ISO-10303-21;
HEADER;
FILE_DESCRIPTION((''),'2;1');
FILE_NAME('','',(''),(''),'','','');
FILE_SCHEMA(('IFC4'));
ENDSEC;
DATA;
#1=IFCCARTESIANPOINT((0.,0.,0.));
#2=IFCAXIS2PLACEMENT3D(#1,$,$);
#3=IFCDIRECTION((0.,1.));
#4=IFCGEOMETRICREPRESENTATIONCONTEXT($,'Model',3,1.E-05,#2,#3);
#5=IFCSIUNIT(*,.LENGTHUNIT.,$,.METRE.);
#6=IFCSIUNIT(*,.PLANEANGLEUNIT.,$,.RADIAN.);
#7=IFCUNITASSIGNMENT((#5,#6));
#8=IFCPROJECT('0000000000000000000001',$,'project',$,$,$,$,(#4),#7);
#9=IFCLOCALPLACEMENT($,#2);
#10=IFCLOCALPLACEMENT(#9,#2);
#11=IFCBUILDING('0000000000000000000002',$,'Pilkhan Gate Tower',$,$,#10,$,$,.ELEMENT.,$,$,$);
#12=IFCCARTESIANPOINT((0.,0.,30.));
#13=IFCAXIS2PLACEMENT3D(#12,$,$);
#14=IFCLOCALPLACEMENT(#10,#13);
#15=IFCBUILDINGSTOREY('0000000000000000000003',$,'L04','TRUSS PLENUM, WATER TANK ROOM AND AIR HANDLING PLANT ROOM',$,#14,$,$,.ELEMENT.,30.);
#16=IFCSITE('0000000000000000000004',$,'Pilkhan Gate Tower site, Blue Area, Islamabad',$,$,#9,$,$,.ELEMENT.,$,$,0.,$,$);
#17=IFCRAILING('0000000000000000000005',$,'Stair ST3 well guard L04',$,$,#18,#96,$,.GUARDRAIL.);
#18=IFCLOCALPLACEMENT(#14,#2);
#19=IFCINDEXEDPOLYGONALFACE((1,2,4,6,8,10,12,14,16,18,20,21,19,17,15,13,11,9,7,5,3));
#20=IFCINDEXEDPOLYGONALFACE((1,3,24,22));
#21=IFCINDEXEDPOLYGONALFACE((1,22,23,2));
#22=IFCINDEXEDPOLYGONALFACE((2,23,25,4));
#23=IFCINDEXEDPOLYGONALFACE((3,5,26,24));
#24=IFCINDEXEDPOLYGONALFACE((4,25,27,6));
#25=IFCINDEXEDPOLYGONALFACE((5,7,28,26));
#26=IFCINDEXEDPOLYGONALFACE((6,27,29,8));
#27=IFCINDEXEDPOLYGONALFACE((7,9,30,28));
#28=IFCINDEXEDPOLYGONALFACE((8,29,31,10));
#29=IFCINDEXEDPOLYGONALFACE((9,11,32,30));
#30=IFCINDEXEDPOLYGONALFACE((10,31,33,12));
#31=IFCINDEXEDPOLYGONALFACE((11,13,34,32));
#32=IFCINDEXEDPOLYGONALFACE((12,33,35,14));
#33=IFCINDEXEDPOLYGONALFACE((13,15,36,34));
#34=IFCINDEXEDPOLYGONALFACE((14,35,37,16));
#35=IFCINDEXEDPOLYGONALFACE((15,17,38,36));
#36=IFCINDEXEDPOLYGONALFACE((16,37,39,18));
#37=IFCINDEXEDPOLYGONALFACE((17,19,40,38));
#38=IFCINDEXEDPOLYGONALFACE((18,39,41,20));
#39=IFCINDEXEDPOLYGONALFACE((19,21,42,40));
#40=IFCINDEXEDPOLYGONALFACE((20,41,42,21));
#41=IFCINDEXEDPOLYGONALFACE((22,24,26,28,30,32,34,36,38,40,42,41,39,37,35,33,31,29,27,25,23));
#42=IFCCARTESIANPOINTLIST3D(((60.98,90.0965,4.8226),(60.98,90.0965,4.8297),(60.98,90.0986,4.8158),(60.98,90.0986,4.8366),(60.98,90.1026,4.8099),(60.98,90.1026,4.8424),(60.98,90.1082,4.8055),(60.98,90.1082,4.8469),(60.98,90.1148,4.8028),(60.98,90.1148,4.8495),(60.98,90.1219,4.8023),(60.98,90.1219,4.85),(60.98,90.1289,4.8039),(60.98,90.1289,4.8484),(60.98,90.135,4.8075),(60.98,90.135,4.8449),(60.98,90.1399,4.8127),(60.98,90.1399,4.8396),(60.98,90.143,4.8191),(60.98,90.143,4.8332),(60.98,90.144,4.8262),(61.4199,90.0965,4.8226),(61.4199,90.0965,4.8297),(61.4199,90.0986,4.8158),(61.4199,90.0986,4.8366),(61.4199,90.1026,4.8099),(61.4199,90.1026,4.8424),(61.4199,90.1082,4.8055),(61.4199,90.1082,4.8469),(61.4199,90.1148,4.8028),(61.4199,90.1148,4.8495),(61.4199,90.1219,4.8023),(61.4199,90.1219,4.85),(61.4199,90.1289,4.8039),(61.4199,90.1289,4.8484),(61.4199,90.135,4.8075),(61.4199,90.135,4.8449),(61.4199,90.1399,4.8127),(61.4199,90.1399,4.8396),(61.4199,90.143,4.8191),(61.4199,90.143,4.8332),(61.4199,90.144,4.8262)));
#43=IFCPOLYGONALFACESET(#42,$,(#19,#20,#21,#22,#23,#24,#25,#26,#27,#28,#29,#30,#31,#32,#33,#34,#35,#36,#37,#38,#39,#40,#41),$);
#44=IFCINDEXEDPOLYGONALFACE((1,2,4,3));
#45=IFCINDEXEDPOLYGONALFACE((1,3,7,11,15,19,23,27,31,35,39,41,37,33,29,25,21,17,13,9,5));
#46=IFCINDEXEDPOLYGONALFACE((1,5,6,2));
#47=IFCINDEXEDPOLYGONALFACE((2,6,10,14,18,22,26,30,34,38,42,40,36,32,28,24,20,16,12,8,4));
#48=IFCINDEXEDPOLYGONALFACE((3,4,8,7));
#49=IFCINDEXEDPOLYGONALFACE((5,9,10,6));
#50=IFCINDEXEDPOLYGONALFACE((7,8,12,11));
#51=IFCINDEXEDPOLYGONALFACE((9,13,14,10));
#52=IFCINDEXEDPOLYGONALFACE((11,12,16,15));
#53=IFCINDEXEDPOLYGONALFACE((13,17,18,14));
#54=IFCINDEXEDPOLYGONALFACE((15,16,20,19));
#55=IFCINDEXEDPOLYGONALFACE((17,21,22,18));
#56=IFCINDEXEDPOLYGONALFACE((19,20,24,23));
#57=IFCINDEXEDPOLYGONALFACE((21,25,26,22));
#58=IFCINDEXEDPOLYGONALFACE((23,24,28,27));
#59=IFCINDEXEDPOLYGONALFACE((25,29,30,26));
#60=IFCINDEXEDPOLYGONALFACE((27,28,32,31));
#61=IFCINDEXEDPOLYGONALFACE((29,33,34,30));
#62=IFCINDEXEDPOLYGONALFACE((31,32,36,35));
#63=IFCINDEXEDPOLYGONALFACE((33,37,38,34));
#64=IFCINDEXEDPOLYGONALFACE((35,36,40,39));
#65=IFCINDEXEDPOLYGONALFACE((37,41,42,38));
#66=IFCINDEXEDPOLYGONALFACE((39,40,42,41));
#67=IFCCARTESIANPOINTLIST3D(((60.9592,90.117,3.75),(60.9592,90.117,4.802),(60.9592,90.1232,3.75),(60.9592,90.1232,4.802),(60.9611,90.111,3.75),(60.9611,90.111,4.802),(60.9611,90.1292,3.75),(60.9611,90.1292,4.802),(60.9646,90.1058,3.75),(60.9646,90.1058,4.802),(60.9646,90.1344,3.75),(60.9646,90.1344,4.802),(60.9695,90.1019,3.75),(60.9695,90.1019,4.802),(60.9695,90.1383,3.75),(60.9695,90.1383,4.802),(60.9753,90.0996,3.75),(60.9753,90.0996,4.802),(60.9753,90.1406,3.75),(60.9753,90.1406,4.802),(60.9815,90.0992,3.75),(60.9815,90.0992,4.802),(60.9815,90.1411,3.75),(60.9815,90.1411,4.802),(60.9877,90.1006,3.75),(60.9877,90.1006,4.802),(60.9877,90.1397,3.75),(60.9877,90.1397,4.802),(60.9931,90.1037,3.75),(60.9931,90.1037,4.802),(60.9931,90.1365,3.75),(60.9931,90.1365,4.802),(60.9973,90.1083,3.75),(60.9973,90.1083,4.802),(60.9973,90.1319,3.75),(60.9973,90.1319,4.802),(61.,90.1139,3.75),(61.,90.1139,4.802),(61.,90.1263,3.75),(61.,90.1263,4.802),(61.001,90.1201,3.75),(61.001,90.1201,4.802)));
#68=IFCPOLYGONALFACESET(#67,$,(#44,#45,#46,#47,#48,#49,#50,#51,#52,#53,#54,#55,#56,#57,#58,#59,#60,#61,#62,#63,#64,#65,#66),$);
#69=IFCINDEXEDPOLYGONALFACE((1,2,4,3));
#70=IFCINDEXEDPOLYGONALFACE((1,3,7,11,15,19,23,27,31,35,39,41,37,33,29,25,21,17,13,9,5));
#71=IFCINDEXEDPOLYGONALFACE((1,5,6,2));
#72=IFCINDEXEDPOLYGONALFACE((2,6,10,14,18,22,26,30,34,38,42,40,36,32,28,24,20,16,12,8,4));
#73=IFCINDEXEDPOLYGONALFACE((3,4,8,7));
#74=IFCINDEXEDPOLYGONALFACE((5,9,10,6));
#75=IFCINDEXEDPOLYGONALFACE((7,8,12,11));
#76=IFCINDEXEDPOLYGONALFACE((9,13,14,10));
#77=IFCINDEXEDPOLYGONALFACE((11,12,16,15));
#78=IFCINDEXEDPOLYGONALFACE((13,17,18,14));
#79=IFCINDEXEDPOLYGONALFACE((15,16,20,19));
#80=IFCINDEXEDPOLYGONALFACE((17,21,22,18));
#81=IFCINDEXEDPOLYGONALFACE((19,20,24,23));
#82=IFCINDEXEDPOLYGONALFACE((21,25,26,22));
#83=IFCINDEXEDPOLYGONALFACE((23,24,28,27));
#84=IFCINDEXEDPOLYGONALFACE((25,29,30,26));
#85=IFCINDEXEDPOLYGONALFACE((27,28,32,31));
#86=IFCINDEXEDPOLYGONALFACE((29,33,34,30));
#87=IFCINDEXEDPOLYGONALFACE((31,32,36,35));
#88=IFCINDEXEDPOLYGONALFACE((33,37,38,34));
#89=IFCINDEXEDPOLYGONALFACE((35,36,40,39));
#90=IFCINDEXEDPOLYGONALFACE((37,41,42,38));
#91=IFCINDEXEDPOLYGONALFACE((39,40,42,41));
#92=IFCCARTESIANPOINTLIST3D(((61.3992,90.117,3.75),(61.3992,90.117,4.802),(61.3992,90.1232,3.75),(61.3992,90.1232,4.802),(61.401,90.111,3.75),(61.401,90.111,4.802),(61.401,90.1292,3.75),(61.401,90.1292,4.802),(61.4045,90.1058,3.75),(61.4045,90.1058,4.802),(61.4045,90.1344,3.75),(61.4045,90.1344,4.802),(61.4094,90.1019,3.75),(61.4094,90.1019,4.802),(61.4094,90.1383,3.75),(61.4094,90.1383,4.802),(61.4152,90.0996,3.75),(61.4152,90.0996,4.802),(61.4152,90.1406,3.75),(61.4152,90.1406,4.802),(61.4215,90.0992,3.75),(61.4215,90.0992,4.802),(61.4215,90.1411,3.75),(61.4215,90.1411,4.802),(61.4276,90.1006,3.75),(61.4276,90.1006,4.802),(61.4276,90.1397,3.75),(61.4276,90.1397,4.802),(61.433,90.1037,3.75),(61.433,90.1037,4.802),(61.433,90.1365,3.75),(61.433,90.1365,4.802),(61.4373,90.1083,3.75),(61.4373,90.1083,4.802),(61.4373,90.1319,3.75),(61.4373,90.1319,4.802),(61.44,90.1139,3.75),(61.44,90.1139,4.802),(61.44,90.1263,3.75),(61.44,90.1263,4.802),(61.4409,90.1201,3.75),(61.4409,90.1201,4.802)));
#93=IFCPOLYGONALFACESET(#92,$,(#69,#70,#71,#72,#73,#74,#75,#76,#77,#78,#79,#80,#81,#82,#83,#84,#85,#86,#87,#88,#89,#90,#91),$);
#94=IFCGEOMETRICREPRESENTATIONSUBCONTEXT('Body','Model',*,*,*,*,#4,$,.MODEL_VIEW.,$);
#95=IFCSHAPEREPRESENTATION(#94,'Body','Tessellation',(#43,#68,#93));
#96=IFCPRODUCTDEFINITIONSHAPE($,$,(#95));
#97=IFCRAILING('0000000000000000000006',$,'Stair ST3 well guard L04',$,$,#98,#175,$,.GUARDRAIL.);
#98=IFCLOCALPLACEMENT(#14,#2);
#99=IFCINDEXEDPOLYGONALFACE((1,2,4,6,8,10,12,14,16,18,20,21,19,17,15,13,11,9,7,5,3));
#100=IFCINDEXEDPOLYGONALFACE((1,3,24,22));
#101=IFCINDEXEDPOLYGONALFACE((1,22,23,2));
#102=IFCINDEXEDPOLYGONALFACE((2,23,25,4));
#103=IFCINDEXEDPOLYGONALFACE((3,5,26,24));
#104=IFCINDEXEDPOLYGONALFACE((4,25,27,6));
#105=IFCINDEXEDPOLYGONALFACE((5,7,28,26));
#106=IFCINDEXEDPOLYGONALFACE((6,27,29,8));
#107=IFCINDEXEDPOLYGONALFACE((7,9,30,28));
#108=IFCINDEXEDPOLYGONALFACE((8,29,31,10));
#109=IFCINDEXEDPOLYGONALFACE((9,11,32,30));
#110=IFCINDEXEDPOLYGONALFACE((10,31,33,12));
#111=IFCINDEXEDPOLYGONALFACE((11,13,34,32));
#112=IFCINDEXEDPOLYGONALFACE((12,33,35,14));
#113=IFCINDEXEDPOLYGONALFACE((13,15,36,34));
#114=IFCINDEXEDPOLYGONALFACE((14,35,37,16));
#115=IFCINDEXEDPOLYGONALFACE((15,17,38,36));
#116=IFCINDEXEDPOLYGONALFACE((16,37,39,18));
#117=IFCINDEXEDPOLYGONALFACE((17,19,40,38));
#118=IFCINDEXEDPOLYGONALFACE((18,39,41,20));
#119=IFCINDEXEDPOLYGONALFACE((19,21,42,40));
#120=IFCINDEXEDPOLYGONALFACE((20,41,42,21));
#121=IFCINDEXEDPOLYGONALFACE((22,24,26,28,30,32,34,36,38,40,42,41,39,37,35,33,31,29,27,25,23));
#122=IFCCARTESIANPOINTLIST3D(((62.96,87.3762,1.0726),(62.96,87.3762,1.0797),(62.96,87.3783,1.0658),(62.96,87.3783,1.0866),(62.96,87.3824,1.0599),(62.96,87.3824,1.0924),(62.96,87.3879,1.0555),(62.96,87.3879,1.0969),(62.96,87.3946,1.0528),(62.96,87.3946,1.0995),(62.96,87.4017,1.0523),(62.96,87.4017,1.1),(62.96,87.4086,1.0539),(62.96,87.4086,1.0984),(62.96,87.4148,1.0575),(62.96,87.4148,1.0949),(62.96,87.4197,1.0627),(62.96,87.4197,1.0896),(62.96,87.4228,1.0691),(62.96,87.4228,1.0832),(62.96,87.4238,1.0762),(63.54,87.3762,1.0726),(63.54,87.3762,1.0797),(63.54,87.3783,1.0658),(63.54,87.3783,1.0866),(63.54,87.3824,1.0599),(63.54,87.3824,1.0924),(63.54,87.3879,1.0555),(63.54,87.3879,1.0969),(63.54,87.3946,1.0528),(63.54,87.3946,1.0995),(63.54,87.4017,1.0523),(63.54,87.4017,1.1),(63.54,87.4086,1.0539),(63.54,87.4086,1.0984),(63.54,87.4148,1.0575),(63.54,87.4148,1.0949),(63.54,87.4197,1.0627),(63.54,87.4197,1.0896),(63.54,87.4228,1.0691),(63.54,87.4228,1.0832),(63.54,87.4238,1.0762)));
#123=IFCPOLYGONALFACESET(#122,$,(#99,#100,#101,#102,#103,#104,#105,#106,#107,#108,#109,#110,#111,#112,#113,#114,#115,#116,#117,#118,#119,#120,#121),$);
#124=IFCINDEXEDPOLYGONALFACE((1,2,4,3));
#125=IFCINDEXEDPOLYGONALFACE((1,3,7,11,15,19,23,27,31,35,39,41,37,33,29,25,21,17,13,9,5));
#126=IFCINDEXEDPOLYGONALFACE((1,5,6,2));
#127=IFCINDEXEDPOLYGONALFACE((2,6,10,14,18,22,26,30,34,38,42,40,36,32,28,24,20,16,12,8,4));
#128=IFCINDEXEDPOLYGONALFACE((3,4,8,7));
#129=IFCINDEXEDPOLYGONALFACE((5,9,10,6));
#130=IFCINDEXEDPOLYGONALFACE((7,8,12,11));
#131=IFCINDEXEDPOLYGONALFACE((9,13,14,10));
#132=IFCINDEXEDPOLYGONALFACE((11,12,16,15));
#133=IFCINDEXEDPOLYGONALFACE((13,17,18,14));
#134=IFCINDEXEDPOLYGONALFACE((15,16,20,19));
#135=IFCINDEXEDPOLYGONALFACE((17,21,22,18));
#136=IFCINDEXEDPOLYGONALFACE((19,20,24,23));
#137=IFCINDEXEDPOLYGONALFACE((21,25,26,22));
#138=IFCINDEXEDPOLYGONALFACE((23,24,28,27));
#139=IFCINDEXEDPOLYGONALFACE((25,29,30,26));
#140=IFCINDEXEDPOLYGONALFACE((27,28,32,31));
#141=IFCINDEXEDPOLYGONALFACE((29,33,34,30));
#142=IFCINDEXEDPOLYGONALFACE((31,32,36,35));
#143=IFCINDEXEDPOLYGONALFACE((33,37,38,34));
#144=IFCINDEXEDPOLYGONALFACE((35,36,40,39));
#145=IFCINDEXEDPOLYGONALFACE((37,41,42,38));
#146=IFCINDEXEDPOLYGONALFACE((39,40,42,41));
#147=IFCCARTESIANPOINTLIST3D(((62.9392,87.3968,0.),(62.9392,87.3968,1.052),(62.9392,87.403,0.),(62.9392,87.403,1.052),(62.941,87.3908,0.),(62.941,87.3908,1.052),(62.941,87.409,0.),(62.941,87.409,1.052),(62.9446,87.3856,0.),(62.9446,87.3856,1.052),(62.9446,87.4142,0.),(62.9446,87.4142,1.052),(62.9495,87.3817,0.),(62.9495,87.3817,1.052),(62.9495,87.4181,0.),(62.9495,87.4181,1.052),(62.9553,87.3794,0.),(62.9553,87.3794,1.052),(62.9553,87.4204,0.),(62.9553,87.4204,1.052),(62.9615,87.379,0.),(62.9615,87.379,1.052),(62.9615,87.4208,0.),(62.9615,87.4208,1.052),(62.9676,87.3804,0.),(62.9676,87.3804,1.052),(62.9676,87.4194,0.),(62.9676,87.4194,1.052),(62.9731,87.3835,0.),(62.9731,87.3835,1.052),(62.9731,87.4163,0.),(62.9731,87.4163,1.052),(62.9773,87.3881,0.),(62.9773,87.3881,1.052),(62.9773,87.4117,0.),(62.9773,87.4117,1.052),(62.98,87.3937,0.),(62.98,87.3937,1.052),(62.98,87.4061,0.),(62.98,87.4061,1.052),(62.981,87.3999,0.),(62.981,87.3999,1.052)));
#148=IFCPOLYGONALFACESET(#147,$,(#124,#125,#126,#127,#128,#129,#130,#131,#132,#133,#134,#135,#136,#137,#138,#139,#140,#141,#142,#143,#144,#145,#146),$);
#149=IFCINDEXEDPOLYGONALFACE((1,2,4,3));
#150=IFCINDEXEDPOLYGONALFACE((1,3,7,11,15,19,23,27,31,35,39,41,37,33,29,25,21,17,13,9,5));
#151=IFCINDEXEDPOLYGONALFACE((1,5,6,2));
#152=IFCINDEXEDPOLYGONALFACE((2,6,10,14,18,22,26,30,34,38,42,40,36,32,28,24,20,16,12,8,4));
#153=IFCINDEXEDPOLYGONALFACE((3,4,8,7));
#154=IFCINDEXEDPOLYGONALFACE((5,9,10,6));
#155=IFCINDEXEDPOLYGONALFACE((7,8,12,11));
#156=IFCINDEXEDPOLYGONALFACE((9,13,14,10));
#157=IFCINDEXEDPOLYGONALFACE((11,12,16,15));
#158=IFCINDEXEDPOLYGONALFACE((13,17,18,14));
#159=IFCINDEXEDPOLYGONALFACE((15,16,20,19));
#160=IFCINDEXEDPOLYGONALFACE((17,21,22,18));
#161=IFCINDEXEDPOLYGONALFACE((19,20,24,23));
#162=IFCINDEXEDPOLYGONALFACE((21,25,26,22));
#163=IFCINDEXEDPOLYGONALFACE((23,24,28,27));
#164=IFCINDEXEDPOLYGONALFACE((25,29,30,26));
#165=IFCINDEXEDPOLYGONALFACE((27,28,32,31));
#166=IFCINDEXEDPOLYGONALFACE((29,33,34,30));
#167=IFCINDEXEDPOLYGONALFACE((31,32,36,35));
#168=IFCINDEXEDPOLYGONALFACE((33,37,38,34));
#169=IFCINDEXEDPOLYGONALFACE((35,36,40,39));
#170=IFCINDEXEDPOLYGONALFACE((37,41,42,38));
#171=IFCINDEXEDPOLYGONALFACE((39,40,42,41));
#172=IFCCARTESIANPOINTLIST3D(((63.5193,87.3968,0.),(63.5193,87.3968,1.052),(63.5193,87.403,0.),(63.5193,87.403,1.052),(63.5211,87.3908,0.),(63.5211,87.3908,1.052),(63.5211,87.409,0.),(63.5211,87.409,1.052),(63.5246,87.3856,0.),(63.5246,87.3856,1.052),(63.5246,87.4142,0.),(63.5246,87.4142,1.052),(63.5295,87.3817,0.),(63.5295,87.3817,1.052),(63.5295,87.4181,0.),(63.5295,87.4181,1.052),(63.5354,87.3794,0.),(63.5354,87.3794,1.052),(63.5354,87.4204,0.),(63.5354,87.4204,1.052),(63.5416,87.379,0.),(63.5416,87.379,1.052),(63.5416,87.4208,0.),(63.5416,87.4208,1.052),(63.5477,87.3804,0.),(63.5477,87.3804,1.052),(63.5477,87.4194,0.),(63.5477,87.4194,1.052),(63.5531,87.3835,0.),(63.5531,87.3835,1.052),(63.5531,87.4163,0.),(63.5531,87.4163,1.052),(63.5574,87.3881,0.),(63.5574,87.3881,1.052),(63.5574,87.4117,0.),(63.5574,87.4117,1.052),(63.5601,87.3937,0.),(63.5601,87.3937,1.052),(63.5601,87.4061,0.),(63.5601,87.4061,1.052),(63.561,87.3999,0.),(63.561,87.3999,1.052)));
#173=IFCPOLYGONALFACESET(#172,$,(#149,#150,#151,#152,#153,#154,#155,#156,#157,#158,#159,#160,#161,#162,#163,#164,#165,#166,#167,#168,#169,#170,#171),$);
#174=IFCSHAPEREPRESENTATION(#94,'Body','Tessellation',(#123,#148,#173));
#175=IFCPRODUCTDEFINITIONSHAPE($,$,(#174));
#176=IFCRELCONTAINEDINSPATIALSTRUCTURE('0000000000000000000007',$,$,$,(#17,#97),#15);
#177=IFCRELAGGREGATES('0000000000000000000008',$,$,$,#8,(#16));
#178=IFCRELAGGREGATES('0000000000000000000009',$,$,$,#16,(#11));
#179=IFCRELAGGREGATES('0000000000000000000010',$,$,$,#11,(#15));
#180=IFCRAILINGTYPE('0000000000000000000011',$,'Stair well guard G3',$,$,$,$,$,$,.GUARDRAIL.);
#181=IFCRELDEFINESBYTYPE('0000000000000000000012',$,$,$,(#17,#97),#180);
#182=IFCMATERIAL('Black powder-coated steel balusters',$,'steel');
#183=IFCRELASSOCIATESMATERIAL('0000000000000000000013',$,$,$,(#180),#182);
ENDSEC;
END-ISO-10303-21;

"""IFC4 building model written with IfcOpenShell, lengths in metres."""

from ifc_helpers import new_model, si_unit, direction, frame, origin, origin_2d, place, context, subcontext, project, spatial, circle, extrude, material, type_object, element, save


model = new_model("IFC4")

# Units and contexts
model_context = context("Model", 3, precision=1e-05, world=origin(), true_north=direction((0.0, 1.0)))
body_context = subcontext(model_context, "Body", "Model", "MODEL_VIEW")
ifc_project = project(units=[si_unit("LENGTHUNIT", "METRE"), si_unit("PLANEANGLEUNIT", "RADIAN")], contexts=[model_context])

# Site, building, storey
site_placement = place(None, origin())
site = spatial("IfcSite", under=ifc_project, at=site_placement, Name="Pilkhan Gate Tower site, Blue Area, Islamabad", CompositionType="ELEMENT", RefElevation=0.0)
building_placement = place(site_placement, origin())
building = spatial("IfcBuilding", under=site, at=building_placement, Name="Pilkhan Gate Tower", CompositionType="ELEMENT")
storey_placement = place(building_placement, frame((0.0, 0.0, 30.0)))
storey = spatial("IfcBuildingStorey", under=building, at=storey_placement, Name="L04", Description="TRUSS PLENUM, WATER TANK ROOM AND AIR HANDLING PLANT ROOM", CompositionType="ELEMENT", Elevation=30.0)

# Railings
ifc_material_1 = material(Name="Black powder-coated steel balusters", Category="steel")
railing_type_1 = type_object("IfcRailingType", Name="Stair well guard G3", PredefinedType="GUARDRAIL", material=ifc_material_1)
for number, where, name in (
    (1, (60.98, 90.1201, 3.75), "Stair ST3 well guard L04"),
):
    element("IfcRailing", number, at=place(storey_placement, frame(where)), inside=storey, type_object=railing_type_1, Name=name, PredefinedType="GUARDRAIL", context=body_context, shape_type="SweptSolid", body=[
        extrude(circle(Radius=0.0239, at=origin_2d()), frame((0.0, 0.0, 1.0762), z_axis=(1.0, 0.0, 0.0), x_axis=(0.0, 1.0, 0.0)), (0.0, 0.0, 1.0), 0.4399),
        extrude(circle(Radius=0.021, at=origin_2d()), origin(), (0.0, 0.0, 1.0), 1.052),
        extrude(circle(Radius=0.021, at=origin_2d()), frame((0.4399, 0.0, 0.0)), (0.0, 0.0, 1.0), 1.052),
    ])
for number, where, name in (
    (2, (62.96, 87.3999, 0.0), "Stair ST3 well guard L04"),
):
    element("IfcRailing", number, at=place(storey_placement, frame(where)), inside=storey, type_object=railing_type_1, Name=name, PredefinedType="GUARDRAIL", context=body_context, shape_type="SweptSolid", body=[
        extrude(circle(Radius=0.0239, at=origin_2d()), frame((0.0, 0.0, 1.0762), z_axis=(1.0, 0.0, 0.0), x_axis=(0.0, 1.0, 0.0)), (0.0, 0.0, 1.0), 0.5801),
        extrude(circle(Radius=0.021, at=origin_2d()), origin(), (0.0, 0.0, 1.0), 1.052),
        extrude(circle(Radius=0.021, at=origin_2d()), frame((0.5801, 0.0, 0.0)), (0.0, 0.0, 1.0), 1.052),
    ])

save(model, "model.ifc")
